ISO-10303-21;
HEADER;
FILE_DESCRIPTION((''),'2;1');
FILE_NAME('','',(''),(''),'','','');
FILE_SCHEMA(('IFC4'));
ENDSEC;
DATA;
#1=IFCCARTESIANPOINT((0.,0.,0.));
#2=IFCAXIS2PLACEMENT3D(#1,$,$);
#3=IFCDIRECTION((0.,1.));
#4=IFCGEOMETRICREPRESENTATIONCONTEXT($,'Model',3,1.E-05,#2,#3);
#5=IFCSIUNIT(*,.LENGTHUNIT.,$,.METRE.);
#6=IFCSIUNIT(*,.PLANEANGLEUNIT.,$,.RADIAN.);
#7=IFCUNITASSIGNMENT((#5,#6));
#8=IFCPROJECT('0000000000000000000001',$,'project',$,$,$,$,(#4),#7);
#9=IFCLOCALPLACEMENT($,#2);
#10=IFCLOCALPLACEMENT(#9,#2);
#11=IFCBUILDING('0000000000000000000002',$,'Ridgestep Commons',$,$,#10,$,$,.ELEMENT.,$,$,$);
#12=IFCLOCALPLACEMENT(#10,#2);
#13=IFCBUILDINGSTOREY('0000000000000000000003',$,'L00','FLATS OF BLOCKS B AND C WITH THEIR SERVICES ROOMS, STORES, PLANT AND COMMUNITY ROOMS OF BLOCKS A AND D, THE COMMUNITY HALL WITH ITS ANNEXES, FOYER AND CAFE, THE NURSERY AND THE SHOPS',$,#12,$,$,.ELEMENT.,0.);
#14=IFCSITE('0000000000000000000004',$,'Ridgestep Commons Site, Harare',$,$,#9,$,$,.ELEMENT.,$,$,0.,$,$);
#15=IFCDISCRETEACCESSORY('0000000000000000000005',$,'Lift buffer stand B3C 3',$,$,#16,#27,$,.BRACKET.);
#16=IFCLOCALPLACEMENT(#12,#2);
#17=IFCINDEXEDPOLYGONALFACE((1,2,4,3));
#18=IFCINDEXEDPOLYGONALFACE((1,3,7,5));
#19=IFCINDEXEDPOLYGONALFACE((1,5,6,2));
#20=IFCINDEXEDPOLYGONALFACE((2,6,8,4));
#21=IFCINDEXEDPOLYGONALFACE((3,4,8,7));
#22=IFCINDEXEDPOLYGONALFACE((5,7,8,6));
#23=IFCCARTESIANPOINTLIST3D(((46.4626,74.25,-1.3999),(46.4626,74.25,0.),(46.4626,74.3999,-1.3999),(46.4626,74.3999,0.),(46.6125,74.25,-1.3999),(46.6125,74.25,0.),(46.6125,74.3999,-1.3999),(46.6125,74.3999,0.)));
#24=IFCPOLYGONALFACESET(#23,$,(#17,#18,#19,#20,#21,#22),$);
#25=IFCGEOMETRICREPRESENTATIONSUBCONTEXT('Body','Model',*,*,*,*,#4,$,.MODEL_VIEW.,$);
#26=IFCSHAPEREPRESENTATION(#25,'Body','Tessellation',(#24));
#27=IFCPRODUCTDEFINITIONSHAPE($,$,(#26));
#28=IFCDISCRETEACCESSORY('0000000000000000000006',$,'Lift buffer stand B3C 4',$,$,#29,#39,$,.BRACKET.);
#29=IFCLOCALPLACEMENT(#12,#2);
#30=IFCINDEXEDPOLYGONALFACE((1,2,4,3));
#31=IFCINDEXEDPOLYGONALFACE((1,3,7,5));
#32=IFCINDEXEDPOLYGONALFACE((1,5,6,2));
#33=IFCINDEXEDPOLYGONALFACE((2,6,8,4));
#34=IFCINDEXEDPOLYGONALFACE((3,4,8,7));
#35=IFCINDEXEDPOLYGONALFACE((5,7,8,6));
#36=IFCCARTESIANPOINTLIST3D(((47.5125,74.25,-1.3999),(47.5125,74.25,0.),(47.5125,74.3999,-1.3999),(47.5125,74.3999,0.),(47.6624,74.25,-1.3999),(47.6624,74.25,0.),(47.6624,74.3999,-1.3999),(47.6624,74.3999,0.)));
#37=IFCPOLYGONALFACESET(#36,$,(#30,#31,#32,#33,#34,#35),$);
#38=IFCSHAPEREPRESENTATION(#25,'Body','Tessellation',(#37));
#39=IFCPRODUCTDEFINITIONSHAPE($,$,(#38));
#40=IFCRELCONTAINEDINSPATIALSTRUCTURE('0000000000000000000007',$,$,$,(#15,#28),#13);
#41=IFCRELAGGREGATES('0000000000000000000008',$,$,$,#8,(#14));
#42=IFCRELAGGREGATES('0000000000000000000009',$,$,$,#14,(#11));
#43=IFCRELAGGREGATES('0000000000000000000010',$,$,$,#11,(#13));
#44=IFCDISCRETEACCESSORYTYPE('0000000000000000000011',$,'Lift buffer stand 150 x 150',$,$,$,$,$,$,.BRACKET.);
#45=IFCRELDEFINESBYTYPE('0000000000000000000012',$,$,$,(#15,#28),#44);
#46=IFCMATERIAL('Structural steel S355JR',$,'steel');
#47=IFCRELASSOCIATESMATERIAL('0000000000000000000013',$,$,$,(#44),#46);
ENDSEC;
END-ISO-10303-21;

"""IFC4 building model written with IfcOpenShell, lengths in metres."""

from ifc_helpers import new_model, si_unit, direction, frame, origin, origin_2d, place, context, subcontext, project, spatial, rectangle, extrude, material, type_object, element, save


model = new_model("IFC4")

# Units and contexts
model_context = context("Model", 3, precision=1e-05, world=origin(), true_north=direction((0.0, 1.0)))
body_context = subcontext(model_context, "Body", "Model", "MODEL_VIEW")
ifc_project = project(units=[si_unit("LENGTHUNIT", "METRE"), si_unit("PLANEANGLEUNIT", "RADIAN")], contexts=[model_context])

# Site, building, storey
site_placement = place(None, origin())
site = spatial("IfcSite", under=ifc_project, at=site_placement, Name="Ridgestep Commons Site, Harare", CompositionType="ELEMENT", RefElevation=0.0)
building_placement = place(site_placement, origin())
building = spatial("IfcBuilding", under=site, at=building_placement, Name="Ridgestep Commons", CompositionType="ELEMENT")
storey_placement = place(building_placement, origin())
storey = spatial("IfcBuildingStorey", under=building, at=storey_placement, Name="L00", Description="FLATS OF BLOCKS B AND C WITH THEIR SERVICES ROOMS, STORES, PLANT AND COMMUNITY ROOMS OF BLOCKS A AND D, THE COMMUNITY HALL WITH ITS ANNEXES, FOYER AND CAFE, THE NURSERY AND THE SHOPS", CompositionType="ELEMENT", Elevation=0.0)

# Discrete accessories
ifc_material_1 = material(Name="Structural steel S355JR", Category="steel")
discrete_accessory_type = type_object("IfcDiscreteAccessoryType", Name="Lift buffer stand 150 x 150", PredefinedType="BRACKET", material=ifc_material_1)
for number, where, z_axis, x_axis, name in (
    (1, (46.5376, 74.325, -1.3999), (0.0, 0.0, 1.0), (1.0, 0.0, 0.0), "Lift buffer stand B3C 3"),
    (2, (47.5874, 74.325, -1.3999), (0.0, 0.0, 1.0), (1.0, 0.0, 0.0), "Lift buffer stand B3C 4"),
):
    element("IfcDiscreteAccessory", number, at=place(storey_placement, frame(where, z_axis=z_axis, x_axis=x_axis)), inside=storey, type_object=discrete_accessory_type, Name=name, PredefinedType="BRACKET", context=body_context, shape_type="SweptSolid", body=[
        extrude(rectangle(XDim=0.1499, YDim=0.1499, at=origin_2d()), origin(), (0.0, 0.0, 1.0), 1.3999),
    ])

save(model, "model.ifc")
